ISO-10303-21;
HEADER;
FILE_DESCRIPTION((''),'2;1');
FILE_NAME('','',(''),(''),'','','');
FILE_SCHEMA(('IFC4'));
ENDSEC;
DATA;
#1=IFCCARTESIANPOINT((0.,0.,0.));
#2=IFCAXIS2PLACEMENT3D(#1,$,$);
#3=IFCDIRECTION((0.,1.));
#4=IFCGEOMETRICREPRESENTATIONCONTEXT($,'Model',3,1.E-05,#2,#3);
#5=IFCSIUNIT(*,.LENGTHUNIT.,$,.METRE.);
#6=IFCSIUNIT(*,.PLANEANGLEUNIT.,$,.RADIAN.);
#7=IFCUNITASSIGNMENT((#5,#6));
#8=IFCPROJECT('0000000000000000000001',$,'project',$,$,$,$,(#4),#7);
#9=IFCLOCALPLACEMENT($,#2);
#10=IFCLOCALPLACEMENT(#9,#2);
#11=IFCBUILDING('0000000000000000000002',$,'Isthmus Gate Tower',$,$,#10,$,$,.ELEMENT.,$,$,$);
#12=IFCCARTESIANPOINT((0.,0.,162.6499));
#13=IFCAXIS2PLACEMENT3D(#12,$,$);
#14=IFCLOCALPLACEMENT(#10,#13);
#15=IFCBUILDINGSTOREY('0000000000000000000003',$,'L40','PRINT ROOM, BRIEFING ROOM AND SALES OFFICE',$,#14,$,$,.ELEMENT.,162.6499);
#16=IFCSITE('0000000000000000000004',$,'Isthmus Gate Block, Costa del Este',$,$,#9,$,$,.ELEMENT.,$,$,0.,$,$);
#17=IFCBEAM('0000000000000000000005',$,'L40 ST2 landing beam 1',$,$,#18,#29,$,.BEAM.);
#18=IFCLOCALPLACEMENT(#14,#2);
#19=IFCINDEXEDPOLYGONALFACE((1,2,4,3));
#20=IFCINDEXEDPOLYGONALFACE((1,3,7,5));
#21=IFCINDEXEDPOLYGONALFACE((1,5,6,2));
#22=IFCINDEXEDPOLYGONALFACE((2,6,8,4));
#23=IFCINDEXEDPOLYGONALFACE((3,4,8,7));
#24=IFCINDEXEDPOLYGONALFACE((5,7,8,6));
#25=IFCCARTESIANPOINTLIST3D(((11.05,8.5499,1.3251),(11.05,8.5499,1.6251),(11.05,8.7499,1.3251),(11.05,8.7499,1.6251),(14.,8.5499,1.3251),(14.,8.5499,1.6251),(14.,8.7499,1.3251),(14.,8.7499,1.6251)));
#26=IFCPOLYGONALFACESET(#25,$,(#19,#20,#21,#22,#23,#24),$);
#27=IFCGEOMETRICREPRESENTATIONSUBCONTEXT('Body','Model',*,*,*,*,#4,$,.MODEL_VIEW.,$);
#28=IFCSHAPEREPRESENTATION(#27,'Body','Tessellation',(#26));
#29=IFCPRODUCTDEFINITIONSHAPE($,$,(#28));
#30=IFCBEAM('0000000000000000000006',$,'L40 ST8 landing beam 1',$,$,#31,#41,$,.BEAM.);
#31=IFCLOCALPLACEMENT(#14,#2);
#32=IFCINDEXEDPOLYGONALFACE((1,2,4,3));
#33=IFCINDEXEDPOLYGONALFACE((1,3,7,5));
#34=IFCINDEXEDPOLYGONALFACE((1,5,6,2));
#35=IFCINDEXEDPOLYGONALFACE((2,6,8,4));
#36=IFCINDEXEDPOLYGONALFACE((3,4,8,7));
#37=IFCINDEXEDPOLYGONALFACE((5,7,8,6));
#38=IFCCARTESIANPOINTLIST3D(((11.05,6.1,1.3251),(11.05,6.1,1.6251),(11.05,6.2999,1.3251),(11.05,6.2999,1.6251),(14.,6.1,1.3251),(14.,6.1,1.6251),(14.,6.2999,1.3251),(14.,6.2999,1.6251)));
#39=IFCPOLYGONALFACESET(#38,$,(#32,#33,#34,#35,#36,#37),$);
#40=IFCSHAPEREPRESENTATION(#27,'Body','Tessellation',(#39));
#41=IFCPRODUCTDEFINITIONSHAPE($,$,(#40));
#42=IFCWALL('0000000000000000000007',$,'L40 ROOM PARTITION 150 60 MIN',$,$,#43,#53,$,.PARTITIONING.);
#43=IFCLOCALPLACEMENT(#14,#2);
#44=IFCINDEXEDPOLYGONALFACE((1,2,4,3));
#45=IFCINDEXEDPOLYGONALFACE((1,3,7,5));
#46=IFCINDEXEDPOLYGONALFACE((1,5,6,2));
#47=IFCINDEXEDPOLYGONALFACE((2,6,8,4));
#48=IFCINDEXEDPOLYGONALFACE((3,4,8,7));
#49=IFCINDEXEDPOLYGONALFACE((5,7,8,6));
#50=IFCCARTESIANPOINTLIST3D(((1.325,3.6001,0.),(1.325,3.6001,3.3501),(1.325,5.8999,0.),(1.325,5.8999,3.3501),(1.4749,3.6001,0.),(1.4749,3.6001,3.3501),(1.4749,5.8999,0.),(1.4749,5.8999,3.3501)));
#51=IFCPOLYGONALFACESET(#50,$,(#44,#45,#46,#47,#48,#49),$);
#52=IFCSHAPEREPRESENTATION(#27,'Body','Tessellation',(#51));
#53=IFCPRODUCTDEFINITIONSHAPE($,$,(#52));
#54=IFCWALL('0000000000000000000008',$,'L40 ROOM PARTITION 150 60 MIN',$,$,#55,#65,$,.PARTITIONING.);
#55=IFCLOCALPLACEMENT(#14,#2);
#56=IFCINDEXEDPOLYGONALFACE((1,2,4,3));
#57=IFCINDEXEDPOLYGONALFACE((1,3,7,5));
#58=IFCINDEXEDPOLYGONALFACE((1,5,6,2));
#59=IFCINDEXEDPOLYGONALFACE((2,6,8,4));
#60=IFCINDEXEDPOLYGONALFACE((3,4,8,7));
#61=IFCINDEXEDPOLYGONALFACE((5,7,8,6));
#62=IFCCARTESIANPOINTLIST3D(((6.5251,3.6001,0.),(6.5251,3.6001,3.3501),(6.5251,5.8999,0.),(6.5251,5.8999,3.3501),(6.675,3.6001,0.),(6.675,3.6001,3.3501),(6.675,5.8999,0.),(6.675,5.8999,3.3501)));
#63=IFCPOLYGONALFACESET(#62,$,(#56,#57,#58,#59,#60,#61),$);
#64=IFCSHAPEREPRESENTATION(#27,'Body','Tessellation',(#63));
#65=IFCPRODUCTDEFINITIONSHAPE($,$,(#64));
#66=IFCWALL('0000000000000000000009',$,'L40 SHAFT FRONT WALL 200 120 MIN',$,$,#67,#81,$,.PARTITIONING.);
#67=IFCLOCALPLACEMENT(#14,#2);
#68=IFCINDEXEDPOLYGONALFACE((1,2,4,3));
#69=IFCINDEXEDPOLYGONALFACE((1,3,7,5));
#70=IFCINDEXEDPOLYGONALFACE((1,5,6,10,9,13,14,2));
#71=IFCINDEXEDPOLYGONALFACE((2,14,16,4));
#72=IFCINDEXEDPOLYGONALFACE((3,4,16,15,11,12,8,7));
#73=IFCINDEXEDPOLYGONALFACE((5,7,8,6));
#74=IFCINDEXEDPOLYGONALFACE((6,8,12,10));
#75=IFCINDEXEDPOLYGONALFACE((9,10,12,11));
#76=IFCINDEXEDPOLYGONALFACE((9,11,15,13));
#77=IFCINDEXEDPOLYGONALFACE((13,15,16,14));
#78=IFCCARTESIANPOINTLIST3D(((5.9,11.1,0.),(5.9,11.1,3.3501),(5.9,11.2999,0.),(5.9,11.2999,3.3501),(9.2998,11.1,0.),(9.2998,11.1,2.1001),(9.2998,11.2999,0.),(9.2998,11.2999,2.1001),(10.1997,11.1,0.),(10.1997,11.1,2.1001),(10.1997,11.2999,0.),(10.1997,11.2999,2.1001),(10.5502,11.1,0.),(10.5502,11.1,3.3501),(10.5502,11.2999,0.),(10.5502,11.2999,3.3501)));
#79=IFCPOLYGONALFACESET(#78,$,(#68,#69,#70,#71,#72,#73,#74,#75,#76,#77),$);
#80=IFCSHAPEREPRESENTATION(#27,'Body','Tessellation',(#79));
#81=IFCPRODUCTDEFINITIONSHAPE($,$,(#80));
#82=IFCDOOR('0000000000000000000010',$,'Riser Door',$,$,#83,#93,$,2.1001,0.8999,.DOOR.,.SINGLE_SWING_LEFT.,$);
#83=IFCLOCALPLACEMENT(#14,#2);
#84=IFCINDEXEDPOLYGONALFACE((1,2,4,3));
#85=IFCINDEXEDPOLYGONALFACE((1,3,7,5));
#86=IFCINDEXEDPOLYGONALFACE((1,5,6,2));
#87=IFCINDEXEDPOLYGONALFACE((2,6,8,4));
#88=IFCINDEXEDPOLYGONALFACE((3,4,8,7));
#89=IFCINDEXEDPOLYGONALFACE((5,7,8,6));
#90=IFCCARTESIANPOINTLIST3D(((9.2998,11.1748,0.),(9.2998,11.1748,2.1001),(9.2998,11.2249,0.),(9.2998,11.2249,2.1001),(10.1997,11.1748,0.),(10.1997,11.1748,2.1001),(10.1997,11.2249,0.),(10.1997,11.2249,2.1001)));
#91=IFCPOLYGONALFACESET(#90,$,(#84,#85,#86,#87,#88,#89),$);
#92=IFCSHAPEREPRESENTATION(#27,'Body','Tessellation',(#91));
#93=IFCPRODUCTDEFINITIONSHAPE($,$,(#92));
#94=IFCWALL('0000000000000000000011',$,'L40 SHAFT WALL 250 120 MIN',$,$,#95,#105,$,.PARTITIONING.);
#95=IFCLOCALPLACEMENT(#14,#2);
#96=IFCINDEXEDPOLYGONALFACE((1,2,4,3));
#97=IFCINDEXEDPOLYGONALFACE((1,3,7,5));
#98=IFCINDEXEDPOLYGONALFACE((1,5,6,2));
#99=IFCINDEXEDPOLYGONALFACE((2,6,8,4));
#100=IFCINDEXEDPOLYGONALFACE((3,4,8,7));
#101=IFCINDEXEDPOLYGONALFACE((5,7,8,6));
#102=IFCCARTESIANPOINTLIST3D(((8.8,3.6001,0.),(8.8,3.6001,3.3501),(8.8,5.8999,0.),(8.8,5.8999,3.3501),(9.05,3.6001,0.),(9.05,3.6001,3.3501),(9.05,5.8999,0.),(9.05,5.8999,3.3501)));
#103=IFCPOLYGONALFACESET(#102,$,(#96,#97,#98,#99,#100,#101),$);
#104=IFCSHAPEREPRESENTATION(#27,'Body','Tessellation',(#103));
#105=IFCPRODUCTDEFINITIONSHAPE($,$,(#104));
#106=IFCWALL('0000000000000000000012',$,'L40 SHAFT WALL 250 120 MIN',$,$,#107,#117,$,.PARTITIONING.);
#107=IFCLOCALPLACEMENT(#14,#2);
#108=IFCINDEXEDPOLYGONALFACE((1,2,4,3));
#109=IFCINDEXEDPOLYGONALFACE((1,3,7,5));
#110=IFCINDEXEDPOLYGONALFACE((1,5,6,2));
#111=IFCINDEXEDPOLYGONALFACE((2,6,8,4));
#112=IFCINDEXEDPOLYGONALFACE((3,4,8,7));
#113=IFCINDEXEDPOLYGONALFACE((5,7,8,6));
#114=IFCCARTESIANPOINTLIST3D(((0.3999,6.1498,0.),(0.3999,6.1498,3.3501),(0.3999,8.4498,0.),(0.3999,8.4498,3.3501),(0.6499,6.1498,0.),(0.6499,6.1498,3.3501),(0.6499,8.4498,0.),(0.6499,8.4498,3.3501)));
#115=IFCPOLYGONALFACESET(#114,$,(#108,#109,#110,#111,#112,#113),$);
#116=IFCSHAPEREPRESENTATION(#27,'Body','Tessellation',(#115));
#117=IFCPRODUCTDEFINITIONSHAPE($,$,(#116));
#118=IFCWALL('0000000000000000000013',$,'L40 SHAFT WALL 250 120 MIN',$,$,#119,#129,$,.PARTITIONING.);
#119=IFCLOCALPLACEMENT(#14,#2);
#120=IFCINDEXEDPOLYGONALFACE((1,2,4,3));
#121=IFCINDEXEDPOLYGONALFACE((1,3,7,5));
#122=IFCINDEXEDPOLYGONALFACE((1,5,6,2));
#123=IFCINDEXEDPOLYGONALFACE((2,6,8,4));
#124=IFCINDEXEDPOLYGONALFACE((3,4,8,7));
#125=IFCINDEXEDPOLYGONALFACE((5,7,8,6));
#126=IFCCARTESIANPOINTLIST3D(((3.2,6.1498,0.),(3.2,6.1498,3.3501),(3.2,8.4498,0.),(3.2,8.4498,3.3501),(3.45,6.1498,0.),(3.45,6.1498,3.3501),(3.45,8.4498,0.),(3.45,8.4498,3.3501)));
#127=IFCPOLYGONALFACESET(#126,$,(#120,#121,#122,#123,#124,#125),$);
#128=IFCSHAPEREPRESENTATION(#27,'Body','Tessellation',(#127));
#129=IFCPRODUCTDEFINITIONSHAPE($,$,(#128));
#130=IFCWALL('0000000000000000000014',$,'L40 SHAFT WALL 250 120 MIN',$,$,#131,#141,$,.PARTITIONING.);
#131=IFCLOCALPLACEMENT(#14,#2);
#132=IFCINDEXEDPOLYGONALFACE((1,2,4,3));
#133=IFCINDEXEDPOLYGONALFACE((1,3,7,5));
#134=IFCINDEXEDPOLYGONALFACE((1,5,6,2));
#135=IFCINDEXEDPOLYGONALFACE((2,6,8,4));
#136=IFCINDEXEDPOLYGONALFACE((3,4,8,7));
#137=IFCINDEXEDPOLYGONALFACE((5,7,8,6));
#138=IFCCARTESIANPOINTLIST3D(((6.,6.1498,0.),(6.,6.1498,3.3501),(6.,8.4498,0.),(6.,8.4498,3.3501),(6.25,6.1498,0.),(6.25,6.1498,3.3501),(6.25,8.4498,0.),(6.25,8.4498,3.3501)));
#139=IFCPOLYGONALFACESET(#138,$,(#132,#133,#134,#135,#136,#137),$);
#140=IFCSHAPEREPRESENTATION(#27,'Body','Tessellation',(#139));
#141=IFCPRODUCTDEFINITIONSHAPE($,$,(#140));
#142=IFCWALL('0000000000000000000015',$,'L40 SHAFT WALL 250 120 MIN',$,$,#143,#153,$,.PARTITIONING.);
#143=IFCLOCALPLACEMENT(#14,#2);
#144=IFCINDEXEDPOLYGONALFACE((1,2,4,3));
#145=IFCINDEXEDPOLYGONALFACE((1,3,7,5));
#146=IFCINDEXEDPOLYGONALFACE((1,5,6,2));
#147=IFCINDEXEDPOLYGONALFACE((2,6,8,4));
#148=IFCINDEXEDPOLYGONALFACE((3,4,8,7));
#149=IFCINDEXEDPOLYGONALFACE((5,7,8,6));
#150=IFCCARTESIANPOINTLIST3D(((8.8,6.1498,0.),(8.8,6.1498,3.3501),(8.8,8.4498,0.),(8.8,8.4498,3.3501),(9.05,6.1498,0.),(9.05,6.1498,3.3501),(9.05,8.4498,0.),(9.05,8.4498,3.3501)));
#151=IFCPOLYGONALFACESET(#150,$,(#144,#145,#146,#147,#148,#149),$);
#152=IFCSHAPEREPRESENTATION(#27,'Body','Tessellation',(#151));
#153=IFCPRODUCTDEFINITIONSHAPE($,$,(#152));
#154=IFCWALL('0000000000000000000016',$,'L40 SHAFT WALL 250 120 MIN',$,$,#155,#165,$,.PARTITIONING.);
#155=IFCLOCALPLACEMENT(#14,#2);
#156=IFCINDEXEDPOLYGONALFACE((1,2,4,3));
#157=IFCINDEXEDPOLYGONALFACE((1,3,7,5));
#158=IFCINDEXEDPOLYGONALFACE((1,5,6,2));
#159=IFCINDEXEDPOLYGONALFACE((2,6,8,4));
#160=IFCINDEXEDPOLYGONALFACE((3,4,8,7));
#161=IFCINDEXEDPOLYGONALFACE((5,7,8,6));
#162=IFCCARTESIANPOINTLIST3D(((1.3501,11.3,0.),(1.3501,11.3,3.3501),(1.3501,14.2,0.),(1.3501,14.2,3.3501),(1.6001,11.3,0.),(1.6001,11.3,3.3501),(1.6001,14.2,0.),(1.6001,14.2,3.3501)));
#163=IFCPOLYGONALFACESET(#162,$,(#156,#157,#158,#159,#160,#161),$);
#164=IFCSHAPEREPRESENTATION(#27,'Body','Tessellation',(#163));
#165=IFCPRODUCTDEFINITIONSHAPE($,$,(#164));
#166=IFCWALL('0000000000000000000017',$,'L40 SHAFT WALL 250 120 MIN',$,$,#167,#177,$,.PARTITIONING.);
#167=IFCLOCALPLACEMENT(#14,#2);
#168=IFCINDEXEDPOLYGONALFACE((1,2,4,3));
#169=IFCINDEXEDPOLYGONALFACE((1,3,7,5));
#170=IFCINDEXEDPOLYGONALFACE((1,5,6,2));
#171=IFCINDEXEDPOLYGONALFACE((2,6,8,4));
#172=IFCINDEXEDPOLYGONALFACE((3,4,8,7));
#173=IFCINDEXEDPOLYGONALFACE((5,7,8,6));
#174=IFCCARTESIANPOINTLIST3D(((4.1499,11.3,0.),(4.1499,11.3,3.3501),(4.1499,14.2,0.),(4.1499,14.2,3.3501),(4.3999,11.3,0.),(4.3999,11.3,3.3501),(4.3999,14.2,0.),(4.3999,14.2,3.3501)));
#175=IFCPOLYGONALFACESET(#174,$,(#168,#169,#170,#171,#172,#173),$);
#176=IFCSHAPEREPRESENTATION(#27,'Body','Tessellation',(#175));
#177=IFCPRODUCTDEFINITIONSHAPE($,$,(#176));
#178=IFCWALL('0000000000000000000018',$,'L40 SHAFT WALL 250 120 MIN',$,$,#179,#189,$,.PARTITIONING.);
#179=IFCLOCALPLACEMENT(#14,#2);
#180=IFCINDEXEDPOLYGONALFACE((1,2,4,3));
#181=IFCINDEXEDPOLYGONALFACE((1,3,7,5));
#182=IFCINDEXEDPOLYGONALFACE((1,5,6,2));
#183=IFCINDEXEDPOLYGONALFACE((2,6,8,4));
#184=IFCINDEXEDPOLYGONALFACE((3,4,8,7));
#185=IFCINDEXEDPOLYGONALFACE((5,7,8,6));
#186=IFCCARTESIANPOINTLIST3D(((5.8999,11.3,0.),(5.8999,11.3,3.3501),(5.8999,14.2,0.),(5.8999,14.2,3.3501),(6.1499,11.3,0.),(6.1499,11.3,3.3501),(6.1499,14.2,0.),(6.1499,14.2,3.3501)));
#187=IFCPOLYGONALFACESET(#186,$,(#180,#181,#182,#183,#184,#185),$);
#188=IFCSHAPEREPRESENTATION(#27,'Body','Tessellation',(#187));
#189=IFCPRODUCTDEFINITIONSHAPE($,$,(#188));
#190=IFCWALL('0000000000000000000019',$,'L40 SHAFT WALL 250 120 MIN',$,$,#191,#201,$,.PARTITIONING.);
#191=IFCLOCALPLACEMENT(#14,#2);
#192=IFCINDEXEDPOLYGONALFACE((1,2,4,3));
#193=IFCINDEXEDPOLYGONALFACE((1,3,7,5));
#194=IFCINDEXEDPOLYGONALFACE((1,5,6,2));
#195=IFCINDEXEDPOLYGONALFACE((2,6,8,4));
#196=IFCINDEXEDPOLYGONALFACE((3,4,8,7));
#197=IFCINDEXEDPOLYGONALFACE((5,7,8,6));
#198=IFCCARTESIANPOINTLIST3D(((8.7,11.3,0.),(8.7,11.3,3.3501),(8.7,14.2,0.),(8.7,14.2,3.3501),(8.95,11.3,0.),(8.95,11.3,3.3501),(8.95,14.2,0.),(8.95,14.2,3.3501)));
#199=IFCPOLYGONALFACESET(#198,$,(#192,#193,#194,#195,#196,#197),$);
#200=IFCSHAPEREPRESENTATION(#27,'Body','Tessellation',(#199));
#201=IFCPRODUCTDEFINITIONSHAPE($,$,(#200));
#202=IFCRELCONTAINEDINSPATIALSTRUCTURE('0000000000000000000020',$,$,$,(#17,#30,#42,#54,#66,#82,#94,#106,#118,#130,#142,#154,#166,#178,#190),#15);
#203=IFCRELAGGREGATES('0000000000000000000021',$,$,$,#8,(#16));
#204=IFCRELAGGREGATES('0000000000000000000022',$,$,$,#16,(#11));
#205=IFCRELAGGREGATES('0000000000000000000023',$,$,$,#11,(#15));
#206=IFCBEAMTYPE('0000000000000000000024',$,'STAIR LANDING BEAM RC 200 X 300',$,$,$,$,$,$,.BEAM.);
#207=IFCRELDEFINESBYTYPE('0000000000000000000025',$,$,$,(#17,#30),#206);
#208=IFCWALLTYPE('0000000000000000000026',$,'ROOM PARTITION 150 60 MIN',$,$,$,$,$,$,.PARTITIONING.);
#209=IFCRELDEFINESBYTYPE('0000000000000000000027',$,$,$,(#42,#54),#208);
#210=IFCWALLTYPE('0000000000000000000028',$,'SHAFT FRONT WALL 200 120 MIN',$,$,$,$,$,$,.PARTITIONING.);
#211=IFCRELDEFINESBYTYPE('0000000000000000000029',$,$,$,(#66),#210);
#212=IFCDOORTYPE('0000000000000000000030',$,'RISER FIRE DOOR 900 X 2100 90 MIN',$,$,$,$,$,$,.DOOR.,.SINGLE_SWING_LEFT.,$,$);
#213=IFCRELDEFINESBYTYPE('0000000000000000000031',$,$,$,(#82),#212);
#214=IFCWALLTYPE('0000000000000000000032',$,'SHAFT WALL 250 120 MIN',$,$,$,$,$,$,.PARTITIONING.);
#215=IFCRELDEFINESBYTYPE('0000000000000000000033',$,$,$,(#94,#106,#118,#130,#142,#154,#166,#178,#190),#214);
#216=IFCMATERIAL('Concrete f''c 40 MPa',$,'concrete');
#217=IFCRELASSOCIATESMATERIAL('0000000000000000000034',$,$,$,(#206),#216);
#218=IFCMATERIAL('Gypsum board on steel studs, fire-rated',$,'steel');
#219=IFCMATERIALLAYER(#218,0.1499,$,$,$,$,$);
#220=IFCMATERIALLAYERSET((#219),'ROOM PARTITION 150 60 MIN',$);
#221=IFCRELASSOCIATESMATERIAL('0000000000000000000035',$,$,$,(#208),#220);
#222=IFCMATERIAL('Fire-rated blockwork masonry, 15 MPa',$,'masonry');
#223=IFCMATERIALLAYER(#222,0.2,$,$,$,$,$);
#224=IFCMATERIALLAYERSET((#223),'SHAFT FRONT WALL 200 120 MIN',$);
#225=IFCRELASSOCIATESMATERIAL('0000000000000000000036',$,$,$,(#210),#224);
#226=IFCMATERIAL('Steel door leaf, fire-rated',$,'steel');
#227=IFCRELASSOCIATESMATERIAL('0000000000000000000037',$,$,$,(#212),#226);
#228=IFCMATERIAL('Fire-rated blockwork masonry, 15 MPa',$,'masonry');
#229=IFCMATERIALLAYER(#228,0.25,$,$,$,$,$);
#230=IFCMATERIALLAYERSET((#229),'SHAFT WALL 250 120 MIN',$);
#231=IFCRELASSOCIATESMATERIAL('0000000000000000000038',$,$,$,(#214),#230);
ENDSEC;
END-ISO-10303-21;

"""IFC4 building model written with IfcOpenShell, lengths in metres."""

from ifc_helpers import new_model, si_unit, direction, frame, frame_2d, origin, origin_2d, place, context, subcontext, project, spatial, rectangle, extrude, material, layer, layer_set, material_profile, profile_set, type_object, element, fill, save


model = new_model("IFC4")

# Units and contexts
model_context = context("Model", 3, precision=1e-05, world=origin(), true_north=direction((0.0, 1.0)))
body_context = subcontext(model_context, "Body", "Model", "MODEL_VIEW")
ifc_project = project(units=[si_unit("LENGTHUNIT", "METRE"), si_unit("PLANEANGLEUNIT", "RADIAN")], contexts=[model_context])

# Site, building, storey
site_placement = place(None, origin())
site = spatial("IfcSite", under=ifc_project, at=site_placement, Name="Isthmus Gate Block, Costa del Este", CompositionType="ELEMENT", RefElevation=0.0)
building_placement = place(site_placement, origin())
building = spatial("IfcBuilding", under=site, at=building_placement, Name="Isthmus Gate Tower", CompositionType="ELEMENT")
storey_placement = place(building_placement, frame((0.0, 0.0, 162.6499)))
storey = spatial("IfcBuildingStorey", under=building, at=storey_placement, Name="L40", Description="PRINT ROOM, BRIEFING ROOM AND SALES OFFICE", CompositionType="ELEMENT", Elevation=162.6499)

# Beams
ifc_material_1 = material(Name="Concrete f'c 40 MPa", Category="concrete")
ifc_material_profile = material_profile(ifc_material_1, rectangle(XDim=0.2, YDim=0.3, at=origin_2d()), Name="STAIR LANDING BEAM RC 200 X 300")
ifc_profile_set = profile_set([ifc_material_profile], Name="Concrete f'c 40 MPa")
beam_type = type_object("IfcBeamType", Name="STAIR LANDING BEAM RC 200 X 300", PredefinedType="BEAM", material=ifc_profile_set)
for number, where, z_axis, x_axis, name in (
    (1, (11.05, 8.6499, 1.4751), (1.0, 0.0, 0.0), (0.0, 1.0, 0.0), "L40 ST2 landing beam 1"),
    (2, (11.05, 6.2, 1.4751), (1.0, 0.0, 0.0), (0.0, 1.0, 0.0), "L40 ST8 landing beam 1"),
):
    element("IfcBeam", number, at=place(storey_placement, frame(where, z_axis=z_axis, x_axis=x_axis)), inside=storey, type_object=beam_type, Name=name, PredefinedType="BEAM", context=body_context, shape_type="SweptSolid", body=[
        extrude(rectangle(XDim=0.2, YDim=0.3, at=origin_2d()), origin(), (0.0, 0.0, 1.0), 2.95),
    ])

# Walls
ifc_material_2 = material(Name="Gypsum board on steel studs, fire-rated", Category="steel")
ifc_layer_1 = layer(ifc_material_2, 0.1499)
ifc_layer_set_1 = layer_set([ifc_layer_1], Name="ROOM PARTITION 150 60 MIN")
wall_type_1 = type_object("IfcWallType", Name="ROOM PARTITION 150 60 MIN", PredefinedType="PARTITIONING", material=ifc_layer_set_1)
for number, where, z_axis, x_axis, name in (
    (3, (1.3999, 3.6001, 0.0), (0.0, 0.0, 1.0), (0.0, 1.0, 0.0), "L40 ROOM PARTITION 150 60 MIN"),
    (4, (6.6001, 3.6001, 0.0), (0.0, 0.0, 1.0), (0.0, 1.0, 0.0), "L40 ROOM PARTITION 150 60 MIN"),
):
    element("IfcWall", number, at=place(storey_placement, frame(where, z_axis=z_axis, x_axis=x_axis)), inside=storey, type_object=wall_type_1, Name=name, PredefinedType="PARTITIONING", context=body_context, shape_type="SweptSolid", body=[
        extrude(rectangle(XDim=2.2998, YDim=0.1499, at=frame_2d((1.1499, 0.0))), origin(), (0.0, 0.0, 1.0), 3.3501),
    ])

# Wall, opening, door
ifc_material_3 = material(Name="Fire-rated blockwork masonry, 15 MPa", Category="masonry")
ifc_layer_2 = layer(ifc_material_3, 0.2)
ifc_layer_set_2 = layer_set([ifc_layer_2], Name="SHAFT FRONT WALL 200 120 MIN")
wall_type_2 = type_object("IfcWallType", Name="SHAFT FRONT WALL 200 120 MIN", PredefinedType="PARTITIONING", material=ifc_layer_set_2)
wall_1_placement = place(storey_placement, frame((5.8999, 11.2, 0.0), z_axis=(0.0, 0.0, 1.0), x_axis=(1.0, 0.0, 0.0)))
wall_1 = element("IfcWall", 5, at=wall_1_placement, inside=storey, type_object=wall_type_2, Name="L40 SHAFT FRONT WALL 200 120 MIN", PredefinedType="PARTITIONING", context=body_context, shape_type="SweptSolid", body=[
    extrude(rectangle(XDim=4.6501, YDim=0.2, at=frame_2d((2.3252, 0.0))), origin(), (0.0, 0.0, 1.0), 3.3501),
])
opening_placement = place(wall_1_placement, frame((3.3999, 0.0, 0.0)))
opening = element("IfcOpeningElement", 6, at=opening_placement, cuts=wall_1, PredefinedType="OPENING", context=body_context, shape_type="SweptSolid", body=[
    extrude(rectangle(XDim=0.8999, YDim=2.1001, at=frame_2d((0.45, 1.05))), frame((0.0, 0.1099, 0.0), z_axis=(0.0, -1.0, 0.0), x_axis=(1.0, 0.0, 0.0)), (0.0, 0.0, 1.0), 0.22),
])
ifc_material_4 = material(Name="Steel door leaf, fire-rated", Category="steel")
door_type = type_object("IfcDoorType", Name="RISER FIRE DOOR 900 X 2100 90 MIN", OperationType="SINGLE_SWING_LEFT", PredefinedType="DOOR", material=ifc_material_4)
door_placement = place(opening_placement, origin())
door = element("IfcDoor", 7, at=door_placement, inside=storey, type_object=door_type, Name="Riser Door", OperationType="SINGLE_SWING_LEFT", OverallHeight=2.1001, OverallWidth=0.8999, PredefinedType="DOOR", context=body_context, shape_type="SweptSolid", body=[
    extrude(rectangle(XDim=0.8999, YDim=2.1001, at=frame_2d((0.45, 1.05))), frame((0.0, 0.0249, 0.0), z_axis=(0.0, -1.0, 0.0), x_axis=(1.0, 0.0, 0.0)), (0.0, 0.0, 1.0), 0.05),
])
fill(opening, door)

# Walls
ifc_material_5 = material(Name="Fire-rated blockwork masonry, 15 MPa", Category="masonry")
ifc_layer_3 = layer(ifc_material_5, 0.25)
ifc_layer_set_3 = layer_set([ifc_layer_3], Name="SHAFT WALL 250 120 MIN")
wall_type_3 = type_object("IfcWallType", Name="SHAFT WALL 250 120 MIN", PredefinedType="PARTITIONING", material=ifc_layer_set_3)
wall_2_placement = place(storey_placement, frame((8.925, 3.6001, 0.0), z_axis=(0.0, 0.0, 1.0), x_axis=(0.0, 1.0, 0.0)))
element("IfcWall", 8, at=wall_2_placement, inside=storey, type_object=wall_type_3, Name="L40 SHAFT WALL 250 120 MIN", PredefinedType="PARTITIONING", context=body_context, shape_type="SweptSolid", body=[
    extrude(rectangle(XDim=2.2998, YDim=0.25, at=frame_2d((1.1499, 0.0))), origin(), (0.0, 0.0, 1.0), 3.3501),
])
for number, where, z_axis, x_axis, name in (
    (9, (0.5249, 6.1499, 0.0), (0.0, 0.0, 1.0), (0.0, 1.0, 0.0), "L40 SHAFT WALL 250 120 MIN"),
    (10, (3.325, 6.1499, 0.0), (0.0, 0.0, 1.0), (0.0, 1.0, 0.0), "L40 SHAFT WALL 250 120 MIN"),
    (11, (6.125, 6.1499, 0.0), (0.0, 0.0, 1.0), (0.0, 1.0, 0.0), "L40 SHAFT WALL 250 120 MIN"),
    (12, (8.925, 6.1499, 0.0), (0.0, 0.0, 1.0), (0.0, 1.0, 0.0), "L40 SHAFT WALL 250 120 MIN"),
):
    element("IfcWall", number, at=place(storey_placement, frame(where, z_axis=z_axis, x_axis=x_axis)), inside=storey, type_object=wall_type_3, Name=name, PredefinedType="PARTITIONING", context=body_context, shape_type="SweptSolid", body=[
        extrude(rectangle(XDim=2.3, YDim=0.25, at=frame_2d((1.1499, 0.0))), origin(), (0.0, 0.0, 1.0), 3.3501),
    ])
for number, where, z_axis, x_axis, name in (
    (13, (1.4751, 11.3, 0.0), (0.0, 0.0, 1.0), (0.0, 1.0, 0.0), "L40 SHAFT WALL 250 120 MIN"),
    (14, (4.2749, 11.3, 0.0), (0.0, 0.0, 1.0), (0.0, 1.0, 0.0), "L40 SHAFT WALL 250 120 MIN"),
    (15, (6.0249, 11.3, 0.0), (0.0, 0.0, 1.0), (0.0, 1.0, 0.0), "L40 SHAFT WALL 250 120 MIN"),
    (16, (8.825, 11.3, 0.0), (0.0, 0.0, 1.0), (0.0, 1.0, 0.0), "L40 SHAFT WALL 250 120 MIN"),
):
    element("IfcWall", number, at=place(storey_placement, frame(where, z_axis=z_axis, x_axis=x_axis)), inside=storey, type_object=wall_type_3, Name=name, PredefinedType="PARTITIONING", context=body_context, shape_type="SweptSolid", body=[
        extrude(rectangle(XDim=2.8999, YDim=0.25, at=frame_2d((1.45, 0.0))), origin(), (0.0, 0.0, 1.0), 3.3501),
    ])

save(model, "model.ifc")
